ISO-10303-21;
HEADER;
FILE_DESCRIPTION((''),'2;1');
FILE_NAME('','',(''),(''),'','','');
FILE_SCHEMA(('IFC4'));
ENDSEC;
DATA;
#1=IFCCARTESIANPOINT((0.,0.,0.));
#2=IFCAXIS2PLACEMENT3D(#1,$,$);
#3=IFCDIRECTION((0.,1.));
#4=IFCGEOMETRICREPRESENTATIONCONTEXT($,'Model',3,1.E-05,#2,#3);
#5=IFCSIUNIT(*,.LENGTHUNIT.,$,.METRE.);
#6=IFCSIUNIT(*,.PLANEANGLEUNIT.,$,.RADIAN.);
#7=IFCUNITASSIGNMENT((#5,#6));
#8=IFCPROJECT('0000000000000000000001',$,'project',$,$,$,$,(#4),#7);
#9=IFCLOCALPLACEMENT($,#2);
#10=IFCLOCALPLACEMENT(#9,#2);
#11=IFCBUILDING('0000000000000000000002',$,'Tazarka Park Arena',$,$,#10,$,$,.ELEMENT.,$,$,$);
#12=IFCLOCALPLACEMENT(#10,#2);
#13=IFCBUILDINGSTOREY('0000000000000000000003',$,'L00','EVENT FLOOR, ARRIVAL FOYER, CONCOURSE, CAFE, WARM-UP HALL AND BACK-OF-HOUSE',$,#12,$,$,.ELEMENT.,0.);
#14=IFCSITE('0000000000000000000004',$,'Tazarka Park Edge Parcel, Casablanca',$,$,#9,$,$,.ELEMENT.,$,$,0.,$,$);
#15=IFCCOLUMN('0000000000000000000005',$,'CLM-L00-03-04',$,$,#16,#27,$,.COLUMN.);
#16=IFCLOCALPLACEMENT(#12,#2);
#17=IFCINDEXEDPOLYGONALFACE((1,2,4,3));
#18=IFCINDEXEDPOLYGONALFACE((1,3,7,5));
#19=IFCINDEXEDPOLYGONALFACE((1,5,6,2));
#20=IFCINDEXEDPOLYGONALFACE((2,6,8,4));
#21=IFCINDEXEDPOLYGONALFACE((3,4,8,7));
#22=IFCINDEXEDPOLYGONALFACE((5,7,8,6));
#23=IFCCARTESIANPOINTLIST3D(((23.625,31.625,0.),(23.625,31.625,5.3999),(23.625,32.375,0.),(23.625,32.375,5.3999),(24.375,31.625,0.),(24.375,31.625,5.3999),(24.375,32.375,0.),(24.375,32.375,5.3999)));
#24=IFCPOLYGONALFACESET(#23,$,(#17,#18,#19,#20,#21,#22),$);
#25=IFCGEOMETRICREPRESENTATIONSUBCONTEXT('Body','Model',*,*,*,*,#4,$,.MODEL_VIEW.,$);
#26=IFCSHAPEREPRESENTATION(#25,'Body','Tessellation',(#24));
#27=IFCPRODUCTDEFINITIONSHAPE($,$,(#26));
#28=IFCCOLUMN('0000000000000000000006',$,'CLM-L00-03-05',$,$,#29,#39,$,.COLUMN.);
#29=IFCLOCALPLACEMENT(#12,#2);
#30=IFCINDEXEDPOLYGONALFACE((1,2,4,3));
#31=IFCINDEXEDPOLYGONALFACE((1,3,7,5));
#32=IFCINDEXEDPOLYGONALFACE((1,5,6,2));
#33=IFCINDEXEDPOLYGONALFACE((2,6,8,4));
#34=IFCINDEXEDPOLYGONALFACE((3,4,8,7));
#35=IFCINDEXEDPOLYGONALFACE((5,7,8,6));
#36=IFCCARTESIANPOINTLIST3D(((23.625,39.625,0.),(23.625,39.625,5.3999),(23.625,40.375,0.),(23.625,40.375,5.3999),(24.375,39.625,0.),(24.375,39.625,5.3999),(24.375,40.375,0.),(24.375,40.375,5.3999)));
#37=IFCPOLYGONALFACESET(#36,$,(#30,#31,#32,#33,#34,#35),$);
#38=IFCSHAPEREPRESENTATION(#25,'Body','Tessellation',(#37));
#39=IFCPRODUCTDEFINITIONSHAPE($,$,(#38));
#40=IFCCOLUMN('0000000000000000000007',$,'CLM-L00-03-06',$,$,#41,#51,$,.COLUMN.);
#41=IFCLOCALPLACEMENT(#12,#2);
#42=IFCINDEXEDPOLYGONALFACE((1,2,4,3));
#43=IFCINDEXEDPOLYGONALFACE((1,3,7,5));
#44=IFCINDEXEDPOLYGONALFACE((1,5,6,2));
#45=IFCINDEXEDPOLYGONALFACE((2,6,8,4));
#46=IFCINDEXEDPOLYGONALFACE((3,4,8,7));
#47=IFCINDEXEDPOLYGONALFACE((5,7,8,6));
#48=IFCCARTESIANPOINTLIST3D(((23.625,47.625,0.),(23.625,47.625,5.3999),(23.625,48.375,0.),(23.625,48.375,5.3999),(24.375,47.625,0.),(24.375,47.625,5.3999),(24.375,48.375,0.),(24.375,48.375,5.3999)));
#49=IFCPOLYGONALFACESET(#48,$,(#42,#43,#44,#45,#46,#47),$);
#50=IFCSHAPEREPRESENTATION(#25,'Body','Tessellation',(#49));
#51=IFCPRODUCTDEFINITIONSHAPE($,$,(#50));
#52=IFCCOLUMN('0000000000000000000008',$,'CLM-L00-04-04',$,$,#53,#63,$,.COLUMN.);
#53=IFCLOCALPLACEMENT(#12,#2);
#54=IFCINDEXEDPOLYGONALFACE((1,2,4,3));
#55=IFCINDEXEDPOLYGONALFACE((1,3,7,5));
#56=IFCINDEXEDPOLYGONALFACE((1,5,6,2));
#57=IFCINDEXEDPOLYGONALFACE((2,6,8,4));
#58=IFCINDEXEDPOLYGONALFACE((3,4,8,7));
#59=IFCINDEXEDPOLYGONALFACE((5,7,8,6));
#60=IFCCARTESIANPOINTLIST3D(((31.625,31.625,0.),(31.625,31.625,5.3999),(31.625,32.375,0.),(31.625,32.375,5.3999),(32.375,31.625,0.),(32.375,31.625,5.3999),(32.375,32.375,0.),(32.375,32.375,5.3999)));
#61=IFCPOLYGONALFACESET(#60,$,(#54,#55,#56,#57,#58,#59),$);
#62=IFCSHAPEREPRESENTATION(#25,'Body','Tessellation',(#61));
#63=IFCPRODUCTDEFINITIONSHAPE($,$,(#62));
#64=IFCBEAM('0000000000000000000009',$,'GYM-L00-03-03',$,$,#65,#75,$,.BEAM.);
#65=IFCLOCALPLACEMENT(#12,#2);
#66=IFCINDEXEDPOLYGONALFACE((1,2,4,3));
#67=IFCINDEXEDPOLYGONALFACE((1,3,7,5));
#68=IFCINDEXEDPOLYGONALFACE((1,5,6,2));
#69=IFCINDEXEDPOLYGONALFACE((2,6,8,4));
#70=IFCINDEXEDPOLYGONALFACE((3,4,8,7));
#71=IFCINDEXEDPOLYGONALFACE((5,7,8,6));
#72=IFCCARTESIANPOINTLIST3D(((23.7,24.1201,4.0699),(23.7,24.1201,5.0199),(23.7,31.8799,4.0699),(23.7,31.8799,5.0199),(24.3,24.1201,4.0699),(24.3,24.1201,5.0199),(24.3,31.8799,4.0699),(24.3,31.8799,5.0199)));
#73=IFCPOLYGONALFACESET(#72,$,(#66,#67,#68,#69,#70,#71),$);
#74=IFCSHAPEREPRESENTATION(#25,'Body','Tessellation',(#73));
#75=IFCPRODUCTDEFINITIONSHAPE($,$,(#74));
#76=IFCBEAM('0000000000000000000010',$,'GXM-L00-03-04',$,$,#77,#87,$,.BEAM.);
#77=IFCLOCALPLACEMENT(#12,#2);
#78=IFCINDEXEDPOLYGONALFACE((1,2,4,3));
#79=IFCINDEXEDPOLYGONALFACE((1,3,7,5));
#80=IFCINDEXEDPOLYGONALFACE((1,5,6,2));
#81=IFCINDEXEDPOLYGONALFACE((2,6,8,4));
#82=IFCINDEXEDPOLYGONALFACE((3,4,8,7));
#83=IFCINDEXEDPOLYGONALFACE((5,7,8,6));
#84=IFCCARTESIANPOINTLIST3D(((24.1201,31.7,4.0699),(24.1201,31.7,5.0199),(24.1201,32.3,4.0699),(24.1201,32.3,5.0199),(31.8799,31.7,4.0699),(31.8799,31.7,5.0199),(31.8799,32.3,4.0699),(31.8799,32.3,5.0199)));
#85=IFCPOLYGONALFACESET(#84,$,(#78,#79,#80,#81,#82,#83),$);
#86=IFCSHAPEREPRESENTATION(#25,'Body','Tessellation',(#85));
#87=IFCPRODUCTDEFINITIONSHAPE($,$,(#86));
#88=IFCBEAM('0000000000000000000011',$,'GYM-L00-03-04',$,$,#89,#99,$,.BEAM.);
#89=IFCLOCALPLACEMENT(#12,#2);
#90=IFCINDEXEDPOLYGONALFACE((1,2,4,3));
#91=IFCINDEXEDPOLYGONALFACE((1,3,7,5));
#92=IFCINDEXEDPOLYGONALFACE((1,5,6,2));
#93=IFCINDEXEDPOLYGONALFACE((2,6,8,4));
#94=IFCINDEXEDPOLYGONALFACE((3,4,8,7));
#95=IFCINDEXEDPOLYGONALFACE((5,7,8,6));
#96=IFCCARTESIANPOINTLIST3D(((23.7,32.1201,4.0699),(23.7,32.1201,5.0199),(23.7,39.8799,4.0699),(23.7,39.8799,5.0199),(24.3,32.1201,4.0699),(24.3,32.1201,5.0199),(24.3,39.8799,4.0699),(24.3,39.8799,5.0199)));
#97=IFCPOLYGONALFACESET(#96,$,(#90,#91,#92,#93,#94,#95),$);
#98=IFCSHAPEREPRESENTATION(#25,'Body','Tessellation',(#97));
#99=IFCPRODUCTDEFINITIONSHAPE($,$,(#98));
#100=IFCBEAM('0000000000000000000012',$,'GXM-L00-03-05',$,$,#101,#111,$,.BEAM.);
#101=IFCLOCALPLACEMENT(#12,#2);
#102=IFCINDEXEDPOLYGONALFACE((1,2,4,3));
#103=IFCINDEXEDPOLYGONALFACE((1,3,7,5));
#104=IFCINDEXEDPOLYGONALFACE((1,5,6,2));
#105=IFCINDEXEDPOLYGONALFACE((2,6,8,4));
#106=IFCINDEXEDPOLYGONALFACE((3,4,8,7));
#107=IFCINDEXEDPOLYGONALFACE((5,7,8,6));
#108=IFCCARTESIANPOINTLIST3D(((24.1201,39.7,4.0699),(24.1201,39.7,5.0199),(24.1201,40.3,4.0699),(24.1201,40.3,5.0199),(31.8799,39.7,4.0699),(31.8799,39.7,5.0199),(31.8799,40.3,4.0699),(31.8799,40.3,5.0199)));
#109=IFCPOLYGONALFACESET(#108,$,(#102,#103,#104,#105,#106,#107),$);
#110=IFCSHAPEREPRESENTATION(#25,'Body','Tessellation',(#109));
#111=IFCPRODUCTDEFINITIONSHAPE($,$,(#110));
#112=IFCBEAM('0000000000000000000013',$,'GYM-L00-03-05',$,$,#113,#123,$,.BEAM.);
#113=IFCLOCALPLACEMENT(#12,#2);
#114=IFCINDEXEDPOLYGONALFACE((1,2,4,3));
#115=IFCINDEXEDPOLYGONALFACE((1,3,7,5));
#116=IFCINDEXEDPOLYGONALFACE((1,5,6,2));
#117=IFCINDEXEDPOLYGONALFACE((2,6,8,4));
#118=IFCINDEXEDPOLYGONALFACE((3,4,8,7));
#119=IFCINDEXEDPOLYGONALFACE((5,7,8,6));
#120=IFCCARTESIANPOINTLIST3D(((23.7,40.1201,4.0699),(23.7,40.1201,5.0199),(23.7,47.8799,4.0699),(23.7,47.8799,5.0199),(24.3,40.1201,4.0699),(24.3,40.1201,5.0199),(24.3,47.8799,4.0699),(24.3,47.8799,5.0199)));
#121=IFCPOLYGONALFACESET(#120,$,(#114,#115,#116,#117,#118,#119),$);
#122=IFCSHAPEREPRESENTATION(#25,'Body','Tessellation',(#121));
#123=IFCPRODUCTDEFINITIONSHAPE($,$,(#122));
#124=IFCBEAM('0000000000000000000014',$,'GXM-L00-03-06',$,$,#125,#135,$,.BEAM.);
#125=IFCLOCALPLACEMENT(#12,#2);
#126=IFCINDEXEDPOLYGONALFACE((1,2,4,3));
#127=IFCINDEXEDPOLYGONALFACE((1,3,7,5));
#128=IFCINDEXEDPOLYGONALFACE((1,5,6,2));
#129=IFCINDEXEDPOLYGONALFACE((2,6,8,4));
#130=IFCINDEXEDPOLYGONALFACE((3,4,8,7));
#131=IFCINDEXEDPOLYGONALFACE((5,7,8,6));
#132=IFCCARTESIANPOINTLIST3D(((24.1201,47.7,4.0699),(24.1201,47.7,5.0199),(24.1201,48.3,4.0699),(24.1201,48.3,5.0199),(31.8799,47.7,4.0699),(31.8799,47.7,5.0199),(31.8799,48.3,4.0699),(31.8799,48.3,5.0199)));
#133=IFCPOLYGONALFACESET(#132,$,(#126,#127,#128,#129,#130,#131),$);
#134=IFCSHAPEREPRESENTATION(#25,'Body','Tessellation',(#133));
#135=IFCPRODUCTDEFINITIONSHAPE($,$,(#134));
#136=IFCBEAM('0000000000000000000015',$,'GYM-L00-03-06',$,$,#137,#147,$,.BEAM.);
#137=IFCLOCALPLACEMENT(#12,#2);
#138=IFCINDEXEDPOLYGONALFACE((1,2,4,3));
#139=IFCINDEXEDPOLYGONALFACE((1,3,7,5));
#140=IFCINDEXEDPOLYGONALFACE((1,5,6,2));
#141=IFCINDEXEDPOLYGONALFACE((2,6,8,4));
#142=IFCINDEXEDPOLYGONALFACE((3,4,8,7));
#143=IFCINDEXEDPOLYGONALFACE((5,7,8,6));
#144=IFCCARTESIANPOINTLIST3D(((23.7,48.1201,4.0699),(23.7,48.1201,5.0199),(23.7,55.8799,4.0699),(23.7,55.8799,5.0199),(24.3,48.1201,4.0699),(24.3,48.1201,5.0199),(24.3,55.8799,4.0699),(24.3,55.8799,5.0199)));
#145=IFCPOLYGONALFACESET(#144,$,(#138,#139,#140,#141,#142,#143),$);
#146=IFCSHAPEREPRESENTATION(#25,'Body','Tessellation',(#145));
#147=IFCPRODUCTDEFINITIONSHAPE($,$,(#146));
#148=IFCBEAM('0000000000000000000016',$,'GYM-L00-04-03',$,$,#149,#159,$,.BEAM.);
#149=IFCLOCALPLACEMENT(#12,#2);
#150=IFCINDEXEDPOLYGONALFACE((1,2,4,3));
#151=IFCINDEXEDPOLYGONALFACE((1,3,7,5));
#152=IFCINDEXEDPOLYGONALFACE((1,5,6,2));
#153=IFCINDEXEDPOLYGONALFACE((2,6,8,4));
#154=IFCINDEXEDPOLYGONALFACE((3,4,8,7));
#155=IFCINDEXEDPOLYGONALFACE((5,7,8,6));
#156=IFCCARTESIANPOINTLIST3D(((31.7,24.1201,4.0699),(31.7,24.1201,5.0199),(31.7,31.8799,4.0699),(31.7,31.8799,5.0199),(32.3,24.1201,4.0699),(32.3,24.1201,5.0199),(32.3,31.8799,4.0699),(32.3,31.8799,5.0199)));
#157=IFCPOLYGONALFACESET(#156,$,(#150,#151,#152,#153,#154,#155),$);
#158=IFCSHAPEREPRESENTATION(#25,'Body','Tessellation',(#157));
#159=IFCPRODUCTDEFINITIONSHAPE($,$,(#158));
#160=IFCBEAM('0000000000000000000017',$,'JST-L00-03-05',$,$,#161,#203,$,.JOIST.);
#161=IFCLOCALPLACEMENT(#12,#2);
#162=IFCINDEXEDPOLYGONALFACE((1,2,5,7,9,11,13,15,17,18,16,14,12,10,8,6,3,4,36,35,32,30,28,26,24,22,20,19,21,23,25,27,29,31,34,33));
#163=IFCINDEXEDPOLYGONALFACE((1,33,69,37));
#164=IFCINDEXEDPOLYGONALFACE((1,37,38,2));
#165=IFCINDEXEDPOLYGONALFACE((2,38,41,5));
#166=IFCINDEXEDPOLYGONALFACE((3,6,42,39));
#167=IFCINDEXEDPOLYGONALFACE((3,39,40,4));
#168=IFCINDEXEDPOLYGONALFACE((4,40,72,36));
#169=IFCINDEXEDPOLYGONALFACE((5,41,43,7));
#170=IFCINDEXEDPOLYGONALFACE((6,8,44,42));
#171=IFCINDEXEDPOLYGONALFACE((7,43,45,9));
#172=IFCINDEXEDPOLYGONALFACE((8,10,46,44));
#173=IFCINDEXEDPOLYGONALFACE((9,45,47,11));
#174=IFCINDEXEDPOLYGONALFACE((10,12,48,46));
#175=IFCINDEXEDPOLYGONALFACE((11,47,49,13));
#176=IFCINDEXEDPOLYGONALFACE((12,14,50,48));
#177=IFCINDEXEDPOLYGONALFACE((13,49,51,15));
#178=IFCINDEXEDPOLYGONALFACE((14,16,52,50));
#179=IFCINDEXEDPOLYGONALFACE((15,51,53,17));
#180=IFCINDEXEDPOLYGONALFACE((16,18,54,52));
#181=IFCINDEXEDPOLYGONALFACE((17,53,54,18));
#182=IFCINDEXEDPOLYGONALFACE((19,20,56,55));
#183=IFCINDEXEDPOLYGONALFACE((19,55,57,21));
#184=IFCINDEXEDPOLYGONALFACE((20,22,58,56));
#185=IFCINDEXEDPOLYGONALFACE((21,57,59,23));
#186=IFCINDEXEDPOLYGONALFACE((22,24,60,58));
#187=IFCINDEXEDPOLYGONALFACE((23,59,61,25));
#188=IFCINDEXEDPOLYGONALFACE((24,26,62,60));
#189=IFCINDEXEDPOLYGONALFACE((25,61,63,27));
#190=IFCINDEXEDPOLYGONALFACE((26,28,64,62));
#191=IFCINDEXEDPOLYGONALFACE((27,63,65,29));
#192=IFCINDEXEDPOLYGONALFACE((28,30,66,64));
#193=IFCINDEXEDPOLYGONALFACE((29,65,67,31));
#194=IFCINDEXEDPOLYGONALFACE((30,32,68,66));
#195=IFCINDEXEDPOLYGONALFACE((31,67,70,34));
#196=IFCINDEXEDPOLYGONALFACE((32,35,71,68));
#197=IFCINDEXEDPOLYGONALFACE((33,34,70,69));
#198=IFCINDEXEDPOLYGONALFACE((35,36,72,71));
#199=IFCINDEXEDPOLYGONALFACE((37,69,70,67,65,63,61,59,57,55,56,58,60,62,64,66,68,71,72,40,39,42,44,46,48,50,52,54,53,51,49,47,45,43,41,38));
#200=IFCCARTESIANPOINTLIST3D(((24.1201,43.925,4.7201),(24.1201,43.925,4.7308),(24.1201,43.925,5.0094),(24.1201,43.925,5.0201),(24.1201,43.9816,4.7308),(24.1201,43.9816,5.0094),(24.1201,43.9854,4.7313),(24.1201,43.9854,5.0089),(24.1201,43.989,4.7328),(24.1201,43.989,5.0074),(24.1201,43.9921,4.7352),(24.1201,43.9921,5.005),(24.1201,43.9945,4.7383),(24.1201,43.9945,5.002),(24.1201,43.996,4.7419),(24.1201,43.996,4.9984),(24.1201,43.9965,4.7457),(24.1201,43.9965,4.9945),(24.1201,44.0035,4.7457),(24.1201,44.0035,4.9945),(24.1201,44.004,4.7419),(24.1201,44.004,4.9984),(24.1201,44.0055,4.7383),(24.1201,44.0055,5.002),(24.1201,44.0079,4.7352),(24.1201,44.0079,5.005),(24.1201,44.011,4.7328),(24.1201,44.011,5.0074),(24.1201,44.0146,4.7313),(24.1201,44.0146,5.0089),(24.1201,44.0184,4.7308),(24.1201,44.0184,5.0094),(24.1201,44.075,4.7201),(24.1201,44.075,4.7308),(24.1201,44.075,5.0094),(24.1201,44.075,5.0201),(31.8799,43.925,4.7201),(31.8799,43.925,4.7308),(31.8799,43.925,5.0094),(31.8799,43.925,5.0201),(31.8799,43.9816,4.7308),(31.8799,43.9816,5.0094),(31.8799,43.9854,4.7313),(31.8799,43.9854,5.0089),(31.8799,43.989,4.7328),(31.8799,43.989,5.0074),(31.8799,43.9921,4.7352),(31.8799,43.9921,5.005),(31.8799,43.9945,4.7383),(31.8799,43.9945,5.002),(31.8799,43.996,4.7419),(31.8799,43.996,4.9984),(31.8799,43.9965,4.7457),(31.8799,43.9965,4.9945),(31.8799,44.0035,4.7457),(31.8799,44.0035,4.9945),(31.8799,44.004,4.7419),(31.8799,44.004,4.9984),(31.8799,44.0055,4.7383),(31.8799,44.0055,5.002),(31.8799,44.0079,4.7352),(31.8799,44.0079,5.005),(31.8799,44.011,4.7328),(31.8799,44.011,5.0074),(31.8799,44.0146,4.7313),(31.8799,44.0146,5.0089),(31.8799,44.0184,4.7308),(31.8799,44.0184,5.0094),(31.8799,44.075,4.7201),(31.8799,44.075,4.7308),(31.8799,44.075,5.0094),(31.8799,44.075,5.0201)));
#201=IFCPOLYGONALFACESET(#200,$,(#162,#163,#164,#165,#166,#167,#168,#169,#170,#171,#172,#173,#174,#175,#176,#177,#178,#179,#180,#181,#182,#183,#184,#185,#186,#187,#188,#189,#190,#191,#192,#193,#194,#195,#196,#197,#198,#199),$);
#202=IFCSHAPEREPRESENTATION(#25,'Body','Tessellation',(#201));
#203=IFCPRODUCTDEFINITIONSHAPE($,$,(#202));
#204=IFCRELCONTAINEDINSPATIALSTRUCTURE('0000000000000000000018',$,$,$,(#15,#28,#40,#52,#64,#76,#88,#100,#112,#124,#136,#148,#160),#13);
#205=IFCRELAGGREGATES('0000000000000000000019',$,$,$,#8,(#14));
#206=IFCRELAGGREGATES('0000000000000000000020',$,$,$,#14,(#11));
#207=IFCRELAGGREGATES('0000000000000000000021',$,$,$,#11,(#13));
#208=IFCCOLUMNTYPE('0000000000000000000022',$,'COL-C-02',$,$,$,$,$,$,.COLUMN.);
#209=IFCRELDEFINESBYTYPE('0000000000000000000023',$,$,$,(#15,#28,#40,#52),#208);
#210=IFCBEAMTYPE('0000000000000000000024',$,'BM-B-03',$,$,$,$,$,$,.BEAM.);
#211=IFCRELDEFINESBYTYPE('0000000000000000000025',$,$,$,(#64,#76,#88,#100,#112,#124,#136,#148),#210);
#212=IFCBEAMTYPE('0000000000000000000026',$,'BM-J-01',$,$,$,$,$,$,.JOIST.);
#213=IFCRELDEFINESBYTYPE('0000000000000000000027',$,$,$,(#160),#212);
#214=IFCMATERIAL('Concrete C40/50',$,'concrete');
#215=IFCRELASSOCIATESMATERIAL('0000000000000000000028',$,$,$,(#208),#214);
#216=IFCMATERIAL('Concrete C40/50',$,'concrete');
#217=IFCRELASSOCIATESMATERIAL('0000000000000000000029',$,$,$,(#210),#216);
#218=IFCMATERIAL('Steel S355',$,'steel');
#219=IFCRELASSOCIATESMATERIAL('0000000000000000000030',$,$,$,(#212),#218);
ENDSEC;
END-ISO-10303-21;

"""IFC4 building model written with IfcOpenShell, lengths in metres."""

from ifc_helpers import new_model, si_unit, direction, frame, origin, origin_2d, place, context, subcontext, project, spatial, rectangle, i_section, extrude, material, material_profile, profile_set, type_object, element, save


model = new_model("IFC4")

# Units and contexts
model_context = context("Model", 3, precision=1e-05, world=origin(), true_north=direction((0.0, 1.0)))
body_context = subcontext(model_context, "Body", "Model", "MODEL_VIEW")
ifc_project = project(units=[si_unit("LENGTHUNIT", "METRE"), si_unit("PLANEANGLEUNIT", "RADIAN")], contexts=[model_context])

# Site, building, storey
site_placement = place(None, origin())
site = spatial("IfcSite", under=ifc_project, at=site_placement, Name="Tazarka Park Edge Parcel, Casablanca", CompositionType="ELEMENT", RefElevation=0.0)
building_placement = place(site_placement, origin())
building = spatial("IfcBuilding", under=site, at=building_placement, Name="Tazarka Park Arena", CompositionType="ELEMENT")
storey_placement = place(building_placement, origin())
storey = spatial("IfcBuildingStorey", under=building, at=storey_placement, Name="L00", Description="EVENT FLOOR, ARRIVAL FOYER, CONCOURSE, CAFE, WARM-UP HALL AND BACK-OF-HOUSE", CompositionType="ELEMENT", Elevation=0.0)

# Columns
ifc_material_1 = material(Name="Concrete C40/50", Category="concrete")
ifc_material_profile_1 = material_profile(ifc_material_1, rectangle(XDim=0.75, YDim=0.75, at=origin_2d()), Name="Concrete C40/50")
ifc_profile_set_1 = profile_set([ifc_material_profile_1], Name="Concrete C40/50")
column_type = type_object("IfcColumnType", Name="COL-C-02", PredefinedType="COLUMN", material=ifc_profile_set_1)
for number, where, z_axis, x_axis, name in (
    (1, (24.0, 32.0, 0.0), (0.0, 0.0, 1.0), (1.0, 0.0, 0.0), "CLM-L00-03-04"),
    (2, (24.0, 40.0, 0.0), (0.0, 0.0, 1.0), (1.0, 0.0, 0.0), "CLM-L00-03-05"),
    (3, (24.0, 48.0, 0.0), (0.0, 0.0, 1.0), (1.0, 0.0, 0.0), "CLM-L00-03-06"),
    (4, (32.0, 32.0, 0.0), (0.0, 0.0, 1.0), (1.0, 0.0, 0.0), "CLM-L00-04-04"),
):
    element("IfcColumn", number, at=place(storey_placement, frame(where, z_axis=z_axis, x_axis=x_axis)), inside=storey, type_object=column_type, Name=name, PredefinedType="COLUMN", context=body_context, shape_type="SweptSolid", body=[
        extrude(rectangle(XDim=0.75, YDim=0.75, at=origin_2d()), origin(), (0.0, 0.0, 1.0), 5.3999),
    ])

# Beams
ifc_material_2 = material(Name="Concrete C40/50", Category="concrete")
ifc_material_profile_2 = material_profile(ifc_material_2, rectangle(XDim=0.6001, YDim=0.95, at=origin_2d()), Name="Concrete C40/50")
ifc_profile_set_2 = profile_set([ifc_material_profile_2], Name="Concrete C40/50")
beam_type_1 = type_object("IfcBeamType", Name="BM-B-03", PredefinedType="BEAM", material=ifc_profile_set_2)
for number, where, z_axis, x_axis, name in (
    (5, (24.0, 24.1201, 4.5449), (0.0, 1.0, 0.0), (-1.0, 0.0, 0.0), "GYM-L00-03-03"),
    (6, (24.1201, 32.0, 4.5449), (1.0, 0.0, 0.0), (0.0, 1.0, 0.0), "GXM-L00-03-04"),
    (7, (24.0, 32.1201, 4.5449), (0.0, 1.0, 0.0), (-1.0, 0.0, 0.0), "GYM-L00-03-04"),
    (8, (24.1201, 40.0, 4.5449), (1.0, 0.0, 0.0), (0.0, 1.0, 0.0), "GXM-L00-03-05"),
    (9, (24.0, 40.1201, 4.5449), (0.0, 1.0, 0.0), (-1.0, 0.0, 0.0), "GYM-L00-03-05"),
    (10, (24.1201, 48.0, 4.5449), (1.0, 0.0, 0.0), (0.0, 1.0, 0.0), "GXM-L00-03-06"),
    (11, (24.0, 48.1201, 4.5449), (0.0, 1.0, 0.0), (-1.0, 0.0, 0.0), "GYM-L00-03-06"),
    (12, (32.0, 24.1201, 4.5449), (0.0, 1.0, 0.0), (-1.0, 0.0, 0.0), "GYM-L00-04-03"),
):
    element("IfcBeam", number, at=place(storey_placement, frame(where, z_axis=z_axis, x_axis=x_axis)), inside=storey, type_object=beam_type_1, Name=name, PredefinedType="BEAM", context=body_context, shape_type="SweptSolid", body=[
        extrude(rectangle(XDim=0.6001, YDim=0.95, at=origin_2d()), origin(), (0.0, 0.0, 1.0), 7.7598),
    ])
ifc_material_3 = material(Name="Steel S355", Category="steel")
ifc_material_profile_3 = material_profile(ifc_material_3, i_section(OverallWidth=0.1499, OverallDepth=0.3, WebThickness=0.0071, FlangeThickness=0.0107, FilletRadius=0.0149, at=origin_2d()), Name="Steel S355")
ifc_profile_set_3 = profile_set([ifc_material_profile_3], Name="Steel S355")
beam_type_2 = type_object("IfcBeamType", Name="BM-J-01", PredefinedType="JOIST", material=ifc_profile_set_3)
beam_1_placement = place(storey_placement, frame((24.1201, 44.0, 4.8701), z_axis=(1.0, 0.0, 0.0), x_axis=(0.0, 1.0, 0.0)))
element("IfcBeam", 13, at=beam_1_placement, inside=storey, type_object=beam_type_2, Name="JST-L00-03-05", PredefinedType="JOIST", context=body_context, shape_type="SweptSolid", body=[
    extrude(i_section(OverallWidth=0.1499, OverallDepth=0.3, WebThickness=0.0071, FlangeThickness=0.0107, FilletRadius=0.0149, at=origin_2d()), origin(), (0.0, 0.0, 1.0), 7.7598),
])

save(model, "model.ifc")
